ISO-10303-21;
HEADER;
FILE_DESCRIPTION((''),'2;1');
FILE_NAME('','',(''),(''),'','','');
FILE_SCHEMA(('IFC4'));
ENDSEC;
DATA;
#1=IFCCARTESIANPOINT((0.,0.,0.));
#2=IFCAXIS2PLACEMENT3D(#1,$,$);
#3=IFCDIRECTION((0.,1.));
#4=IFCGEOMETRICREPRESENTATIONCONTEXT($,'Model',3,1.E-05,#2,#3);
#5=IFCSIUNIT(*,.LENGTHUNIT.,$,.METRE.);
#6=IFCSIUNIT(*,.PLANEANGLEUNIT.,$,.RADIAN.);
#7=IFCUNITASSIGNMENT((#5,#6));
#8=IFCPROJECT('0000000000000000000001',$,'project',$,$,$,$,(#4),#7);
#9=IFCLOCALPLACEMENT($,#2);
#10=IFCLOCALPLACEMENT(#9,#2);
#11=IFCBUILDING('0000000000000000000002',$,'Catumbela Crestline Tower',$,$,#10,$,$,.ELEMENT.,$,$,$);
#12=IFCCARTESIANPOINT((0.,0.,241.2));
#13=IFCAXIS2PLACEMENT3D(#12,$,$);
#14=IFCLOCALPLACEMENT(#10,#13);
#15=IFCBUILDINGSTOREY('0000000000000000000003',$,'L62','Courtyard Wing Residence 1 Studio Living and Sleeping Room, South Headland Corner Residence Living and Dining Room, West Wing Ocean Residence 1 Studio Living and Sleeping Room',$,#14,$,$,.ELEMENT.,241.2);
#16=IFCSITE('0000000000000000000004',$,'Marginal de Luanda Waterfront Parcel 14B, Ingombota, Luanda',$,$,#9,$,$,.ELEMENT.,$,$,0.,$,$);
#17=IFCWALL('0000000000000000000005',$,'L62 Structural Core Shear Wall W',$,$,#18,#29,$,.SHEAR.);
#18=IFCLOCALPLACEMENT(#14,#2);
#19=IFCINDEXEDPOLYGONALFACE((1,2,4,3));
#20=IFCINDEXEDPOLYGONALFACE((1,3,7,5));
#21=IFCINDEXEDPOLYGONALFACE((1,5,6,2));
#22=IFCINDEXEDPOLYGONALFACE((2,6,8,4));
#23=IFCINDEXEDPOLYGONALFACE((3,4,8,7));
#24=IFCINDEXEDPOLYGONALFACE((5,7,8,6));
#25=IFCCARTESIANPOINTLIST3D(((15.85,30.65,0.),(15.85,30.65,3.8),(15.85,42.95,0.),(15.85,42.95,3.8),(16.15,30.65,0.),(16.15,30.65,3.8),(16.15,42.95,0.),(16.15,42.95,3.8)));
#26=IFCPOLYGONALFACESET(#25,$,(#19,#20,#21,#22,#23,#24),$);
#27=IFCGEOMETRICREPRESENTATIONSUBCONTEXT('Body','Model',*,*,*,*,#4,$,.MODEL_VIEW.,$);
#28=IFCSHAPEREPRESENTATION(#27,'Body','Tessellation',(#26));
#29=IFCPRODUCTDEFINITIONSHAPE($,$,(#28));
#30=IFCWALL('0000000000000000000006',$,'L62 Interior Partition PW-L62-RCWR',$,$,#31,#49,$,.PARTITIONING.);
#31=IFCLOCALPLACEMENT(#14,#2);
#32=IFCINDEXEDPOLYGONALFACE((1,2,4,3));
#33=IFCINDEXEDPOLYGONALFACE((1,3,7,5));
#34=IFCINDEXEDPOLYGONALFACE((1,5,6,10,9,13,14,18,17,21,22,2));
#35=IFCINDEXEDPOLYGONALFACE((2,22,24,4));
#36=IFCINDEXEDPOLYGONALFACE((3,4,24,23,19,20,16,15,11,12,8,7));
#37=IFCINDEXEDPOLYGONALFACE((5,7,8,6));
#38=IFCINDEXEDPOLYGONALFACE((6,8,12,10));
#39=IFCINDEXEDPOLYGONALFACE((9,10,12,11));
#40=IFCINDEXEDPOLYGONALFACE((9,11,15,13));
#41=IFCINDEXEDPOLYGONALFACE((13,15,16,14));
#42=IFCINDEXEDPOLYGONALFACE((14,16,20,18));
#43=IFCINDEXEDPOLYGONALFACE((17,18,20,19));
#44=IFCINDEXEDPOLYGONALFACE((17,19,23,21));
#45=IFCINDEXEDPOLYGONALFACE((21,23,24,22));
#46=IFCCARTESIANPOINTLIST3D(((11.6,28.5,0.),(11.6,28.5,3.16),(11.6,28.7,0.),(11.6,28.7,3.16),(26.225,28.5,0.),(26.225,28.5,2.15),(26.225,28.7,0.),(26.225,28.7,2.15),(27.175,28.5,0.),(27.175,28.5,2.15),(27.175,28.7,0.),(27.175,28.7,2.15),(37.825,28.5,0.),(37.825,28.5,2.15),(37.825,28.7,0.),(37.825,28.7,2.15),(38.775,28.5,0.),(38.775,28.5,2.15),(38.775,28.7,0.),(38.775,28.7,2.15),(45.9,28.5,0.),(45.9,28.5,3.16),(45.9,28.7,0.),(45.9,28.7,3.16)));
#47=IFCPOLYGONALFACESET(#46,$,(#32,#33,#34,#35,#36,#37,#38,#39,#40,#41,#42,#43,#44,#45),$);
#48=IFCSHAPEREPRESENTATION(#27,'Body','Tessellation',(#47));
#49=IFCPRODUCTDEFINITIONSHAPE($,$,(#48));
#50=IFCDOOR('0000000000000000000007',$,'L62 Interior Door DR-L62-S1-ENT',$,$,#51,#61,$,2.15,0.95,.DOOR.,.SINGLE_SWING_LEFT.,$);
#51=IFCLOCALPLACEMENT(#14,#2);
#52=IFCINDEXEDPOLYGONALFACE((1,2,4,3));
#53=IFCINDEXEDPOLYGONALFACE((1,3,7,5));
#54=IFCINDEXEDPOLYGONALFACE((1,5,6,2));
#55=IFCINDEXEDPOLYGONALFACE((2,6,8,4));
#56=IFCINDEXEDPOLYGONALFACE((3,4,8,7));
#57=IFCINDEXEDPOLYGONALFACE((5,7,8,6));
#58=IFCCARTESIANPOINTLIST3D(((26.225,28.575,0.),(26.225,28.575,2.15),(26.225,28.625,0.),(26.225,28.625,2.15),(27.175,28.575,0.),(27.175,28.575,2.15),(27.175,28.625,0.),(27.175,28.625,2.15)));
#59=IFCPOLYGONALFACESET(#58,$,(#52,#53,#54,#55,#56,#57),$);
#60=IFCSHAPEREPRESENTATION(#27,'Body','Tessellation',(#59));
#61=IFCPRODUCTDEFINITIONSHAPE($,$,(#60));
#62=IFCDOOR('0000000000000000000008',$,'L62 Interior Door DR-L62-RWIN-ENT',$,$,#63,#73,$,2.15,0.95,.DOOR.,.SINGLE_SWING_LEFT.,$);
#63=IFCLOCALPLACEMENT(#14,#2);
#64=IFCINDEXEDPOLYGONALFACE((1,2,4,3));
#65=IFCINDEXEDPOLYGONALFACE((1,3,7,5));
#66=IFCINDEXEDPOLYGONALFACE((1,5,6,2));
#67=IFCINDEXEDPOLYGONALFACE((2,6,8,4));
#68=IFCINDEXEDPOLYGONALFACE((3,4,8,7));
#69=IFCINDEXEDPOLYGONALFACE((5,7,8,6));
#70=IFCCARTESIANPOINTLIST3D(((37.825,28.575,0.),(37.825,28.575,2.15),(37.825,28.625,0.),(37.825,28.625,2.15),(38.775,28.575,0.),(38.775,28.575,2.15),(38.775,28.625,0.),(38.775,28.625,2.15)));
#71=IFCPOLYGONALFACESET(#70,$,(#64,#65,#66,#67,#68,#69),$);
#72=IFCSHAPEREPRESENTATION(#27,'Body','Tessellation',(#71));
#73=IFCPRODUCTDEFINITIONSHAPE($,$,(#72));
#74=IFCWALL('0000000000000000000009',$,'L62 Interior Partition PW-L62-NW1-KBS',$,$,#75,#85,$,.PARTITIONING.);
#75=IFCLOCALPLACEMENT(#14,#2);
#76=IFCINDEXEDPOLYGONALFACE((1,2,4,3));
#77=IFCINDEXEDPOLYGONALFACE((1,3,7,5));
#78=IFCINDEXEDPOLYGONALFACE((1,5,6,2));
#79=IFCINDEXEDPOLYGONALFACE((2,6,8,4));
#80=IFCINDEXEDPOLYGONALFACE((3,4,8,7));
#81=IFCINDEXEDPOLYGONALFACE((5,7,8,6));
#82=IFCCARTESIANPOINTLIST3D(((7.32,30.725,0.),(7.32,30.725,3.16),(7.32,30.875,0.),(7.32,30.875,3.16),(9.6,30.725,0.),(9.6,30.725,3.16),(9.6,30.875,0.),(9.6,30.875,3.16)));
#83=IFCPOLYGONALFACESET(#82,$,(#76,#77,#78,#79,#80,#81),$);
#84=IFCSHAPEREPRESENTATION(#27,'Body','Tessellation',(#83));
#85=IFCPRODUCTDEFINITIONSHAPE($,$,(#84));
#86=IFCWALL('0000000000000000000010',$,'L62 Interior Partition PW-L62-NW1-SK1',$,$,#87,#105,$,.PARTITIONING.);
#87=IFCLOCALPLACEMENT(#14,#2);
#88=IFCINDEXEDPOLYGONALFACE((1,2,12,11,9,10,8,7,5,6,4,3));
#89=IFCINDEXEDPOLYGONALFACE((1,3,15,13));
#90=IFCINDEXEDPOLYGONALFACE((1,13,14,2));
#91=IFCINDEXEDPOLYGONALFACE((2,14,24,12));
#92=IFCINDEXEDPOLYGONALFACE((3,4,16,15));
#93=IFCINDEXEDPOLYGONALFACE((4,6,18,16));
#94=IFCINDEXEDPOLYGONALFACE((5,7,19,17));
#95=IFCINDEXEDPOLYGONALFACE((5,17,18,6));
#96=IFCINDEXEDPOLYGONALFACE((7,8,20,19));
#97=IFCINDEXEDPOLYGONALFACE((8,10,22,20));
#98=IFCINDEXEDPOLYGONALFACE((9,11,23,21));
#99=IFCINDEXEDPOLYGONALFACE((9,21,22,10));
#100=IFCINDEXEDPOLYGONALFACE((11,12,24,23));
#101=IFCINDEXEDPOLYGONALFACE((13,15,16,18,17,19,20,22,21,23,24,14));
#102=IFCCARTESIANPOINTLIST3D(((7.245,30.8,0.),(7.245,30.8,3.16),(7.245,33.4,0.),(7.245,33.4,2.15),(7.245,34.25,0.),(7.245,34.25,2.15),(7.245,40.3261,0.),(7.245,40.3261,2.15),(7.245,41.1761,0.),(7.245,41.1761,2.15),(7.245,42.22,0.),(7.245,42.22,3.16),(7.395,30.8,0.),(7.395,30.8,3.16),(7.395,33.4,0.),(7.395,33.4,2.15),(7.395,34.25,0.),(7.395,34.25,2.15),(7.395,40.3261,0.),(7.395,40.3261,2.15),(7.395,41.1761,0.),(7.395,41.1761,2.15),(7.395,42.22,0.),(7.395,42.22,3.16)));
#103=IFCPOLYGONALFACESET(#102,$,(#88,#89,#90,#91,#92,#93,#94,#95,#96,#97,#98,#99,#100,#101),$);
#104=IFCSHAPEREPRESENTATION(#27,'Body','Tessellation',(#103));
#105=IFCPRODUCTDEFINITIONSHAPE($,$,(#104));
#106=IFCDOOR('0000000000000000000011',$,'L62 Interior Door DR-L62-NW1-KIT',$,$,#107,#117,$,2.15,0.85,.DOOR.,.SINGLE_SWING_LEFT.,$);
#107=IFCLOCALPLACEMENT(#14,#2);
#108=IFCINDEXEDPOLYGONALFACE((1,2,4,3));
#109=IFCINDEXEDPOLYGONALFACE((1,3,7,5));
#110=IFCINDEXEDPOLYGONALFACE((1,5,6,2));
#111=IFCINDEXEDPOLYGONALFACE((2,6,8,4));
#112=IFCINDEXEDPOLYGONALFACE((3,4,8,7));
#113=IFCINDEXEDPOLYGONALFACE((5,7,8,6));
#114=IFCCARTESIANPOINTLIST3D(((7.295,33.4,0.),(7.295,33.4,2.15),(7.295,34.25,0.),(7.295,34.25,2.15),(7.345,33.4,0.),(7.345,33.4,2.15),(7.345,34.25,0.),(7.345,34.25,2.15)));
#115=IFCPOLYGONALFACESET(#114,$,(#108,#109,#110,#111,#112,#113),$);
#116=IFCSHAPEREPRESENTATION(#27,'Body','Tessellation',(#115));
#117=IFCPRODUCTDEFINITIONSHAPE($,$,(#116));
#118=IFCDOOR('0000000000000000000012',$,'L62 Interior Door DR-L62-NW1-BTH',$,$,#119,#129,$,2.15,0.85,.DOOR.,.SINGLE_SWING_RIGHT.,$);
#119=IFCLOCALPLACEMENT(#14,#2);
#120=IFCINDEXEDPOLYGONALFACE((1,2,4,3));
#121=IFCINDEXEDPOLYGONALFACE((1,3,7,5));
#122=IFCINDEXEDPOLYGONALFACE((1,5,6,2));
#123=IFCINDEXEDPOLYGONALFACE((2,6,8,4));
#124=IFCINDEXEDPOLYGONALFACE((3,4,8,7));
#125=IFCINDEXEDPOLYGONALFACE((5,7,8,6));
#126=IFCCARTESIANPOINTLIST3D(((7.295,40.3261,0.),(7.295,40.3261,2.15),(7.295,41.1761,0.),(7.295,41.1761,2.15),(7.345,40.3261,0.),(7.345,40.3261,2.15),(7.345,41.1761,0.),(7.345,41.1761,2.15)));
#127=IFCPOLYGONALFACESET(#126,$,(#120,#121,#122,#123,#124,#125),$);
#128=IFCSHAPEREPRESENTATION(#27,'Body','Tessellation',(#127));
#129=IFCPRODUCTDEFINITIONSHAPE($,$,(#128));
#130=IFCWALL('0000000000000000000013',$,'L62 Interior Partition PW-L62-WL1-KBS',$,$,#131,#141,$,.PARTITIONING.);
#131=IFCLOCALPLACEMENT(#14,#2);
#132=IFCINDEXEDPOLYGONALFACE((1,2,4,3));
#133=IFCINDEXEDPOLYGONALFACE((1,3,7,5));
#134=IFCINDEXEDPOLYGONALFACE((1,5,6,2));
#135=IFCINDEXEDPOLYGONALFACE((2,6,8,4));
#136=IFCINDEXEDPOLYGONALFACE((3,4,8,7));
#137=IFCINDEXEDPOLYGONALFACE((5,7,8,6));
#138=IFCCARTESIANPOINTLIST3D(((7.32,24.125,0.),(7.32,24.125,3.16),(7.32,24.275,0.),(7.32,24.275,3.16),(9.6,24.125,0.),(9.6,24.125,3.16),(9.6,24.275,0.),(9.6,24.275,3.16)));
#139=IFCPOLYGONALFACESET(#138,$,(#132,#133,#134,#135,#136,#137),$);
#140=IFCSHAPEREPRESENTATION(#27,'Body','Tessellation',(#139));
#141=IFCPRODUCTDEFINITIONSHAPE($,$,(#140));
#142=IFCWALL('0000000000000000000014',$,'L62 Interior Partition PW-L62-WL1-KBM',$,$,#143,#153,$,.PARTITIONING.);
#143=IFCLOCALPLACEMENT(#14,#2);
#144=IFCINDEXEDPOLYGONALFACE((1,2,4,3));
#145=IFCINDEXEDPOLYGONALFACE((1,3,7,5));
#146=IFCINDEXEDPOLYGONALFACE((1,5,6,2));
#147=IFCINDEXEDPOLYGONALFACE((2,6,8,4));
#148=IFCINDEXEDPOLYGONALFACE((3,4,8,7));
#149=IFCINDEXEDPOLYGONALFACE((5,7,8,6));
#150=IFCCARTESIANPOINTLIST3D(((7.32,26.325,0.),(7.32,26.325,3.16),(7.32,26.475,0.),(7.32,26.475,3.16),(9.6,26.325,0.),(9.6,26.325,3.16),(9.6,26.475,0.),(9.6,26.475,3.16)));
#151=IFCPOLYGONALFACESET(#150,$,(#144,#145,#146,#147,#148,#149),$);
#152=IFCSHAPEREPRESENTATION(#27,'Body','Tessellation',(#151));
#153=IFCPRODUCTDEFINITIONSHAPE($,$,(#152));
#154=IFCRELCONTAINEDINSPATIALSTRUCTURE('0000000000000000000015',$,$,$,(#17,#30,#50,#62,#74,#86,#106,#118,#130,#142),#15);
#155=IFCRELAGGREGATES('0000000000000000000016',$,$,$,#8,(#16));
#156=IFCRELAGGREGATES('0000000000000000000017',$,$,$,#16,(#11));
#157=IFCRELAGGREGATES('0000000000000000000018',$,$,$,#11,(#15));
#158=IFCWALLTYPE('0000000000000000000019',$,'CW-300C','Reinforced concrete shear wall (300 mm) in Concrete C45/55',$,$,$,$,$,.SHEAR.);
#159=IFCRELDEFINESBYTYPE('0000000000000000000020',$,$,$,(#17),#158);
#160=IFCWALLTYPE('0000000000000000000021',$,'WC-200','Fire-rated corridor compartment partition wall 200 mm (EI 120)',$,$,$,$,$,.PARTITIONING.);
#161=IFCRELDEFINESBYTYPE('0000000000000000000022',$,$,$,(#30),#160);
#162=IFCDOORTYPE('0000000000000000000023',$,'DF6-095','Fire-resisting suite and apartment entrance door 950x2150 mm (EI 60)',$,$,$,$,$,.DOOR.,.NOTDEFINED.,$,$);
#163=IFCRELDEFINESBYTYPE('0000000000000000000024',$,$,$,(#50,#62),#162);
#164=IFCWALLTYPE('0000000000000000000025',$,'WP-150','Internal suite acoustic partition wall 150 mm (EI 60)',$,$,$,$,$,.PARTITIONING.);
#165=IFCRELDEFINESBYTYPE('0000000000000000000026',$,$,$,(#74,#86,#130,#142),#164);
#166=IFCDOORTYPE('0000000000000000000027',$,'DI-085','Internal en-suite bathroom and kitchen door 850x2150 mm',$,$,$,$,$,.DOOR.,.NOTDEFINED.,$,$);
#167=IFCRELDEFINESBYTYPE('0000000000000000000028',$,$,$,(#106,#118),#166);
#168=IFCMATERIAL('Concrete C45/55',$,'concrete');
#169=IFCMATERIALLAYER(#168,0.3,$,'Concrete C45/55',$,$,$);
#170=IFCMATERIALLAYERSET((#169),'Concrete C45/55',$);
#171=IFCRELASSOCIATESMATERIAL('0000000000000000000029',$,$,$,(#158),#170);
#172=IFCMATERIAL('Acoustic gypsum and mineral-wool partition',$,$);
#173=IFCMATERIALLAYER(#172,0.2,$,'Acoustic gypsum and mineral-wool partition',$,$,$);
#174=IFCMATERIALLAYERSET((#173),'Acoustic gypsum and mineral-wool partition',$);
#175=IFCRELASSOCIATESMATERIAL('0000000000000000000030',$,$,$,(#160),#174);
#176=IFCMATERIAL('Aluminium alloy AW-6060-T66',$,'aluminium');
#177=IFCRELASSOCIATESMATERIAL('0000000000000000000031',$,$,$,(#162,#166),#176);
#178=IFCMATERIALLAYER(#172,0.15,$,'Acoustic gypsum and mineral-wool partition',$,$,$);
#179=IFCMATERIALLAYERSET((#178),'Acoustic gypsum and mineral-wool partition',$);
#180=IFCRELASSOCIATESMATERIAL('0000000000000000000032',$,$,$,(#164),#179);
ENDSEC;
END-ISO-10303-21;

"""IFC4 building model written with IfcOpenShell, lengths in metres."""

from ifc_helpers import new_model, si_unit, direction, frame, frame_2d, origin, place, context, subcontext, project, spatial, rectangle, extrude, material, layer, layer_set, type_object, element, fill, save


model = new_model("IFC4")

# Units and contexts
model_context = context("Model", 3, precision=1e-05, world=origin(), true_north=direction((0.0, 1.0)))
body_context = subcontext(model_context, "Body", "Model", "MODEL_VIEW")
ifc_project = project(units=[si_unit("LENGTHUNIT", "METRE"), si_unit("PLANEANGLEUNIT", "RADIAN")], contexts=[model_context])

# Site, building, storey
site_placement = place(None, origin())
site = spatial("IfcSite", under=ifc_project, at=site_placement, Name="Marginal de Luanda Waterfront Parcel 14B, Ingombota, Luanda", CompositionType="ELEMENT", RefElevation=0.0)
building_placement = place(site_placement, origin())
building = spatial("IfcBuilding", under=site, at=building_placement, Name="Catumbela Crestline Tower", CompositionType="ELEMENT")
storey_placement = place(building_placement, frame((0.0, 0.0, 241.2)))
storey = spatial("IfcBuildingStorey", under=building, at=storey_placement, Name="L62", Description="Courtyard Wing Residence 1 Studio Living and Sleeping Room, South Headland Corner Residence Living and Dining Room, West Wing Ocean Residence 1 Studio Living and Sleeping Room", CompositionType="ELEMENT", Elevation=241.2)

# Shared definitions
ifc_material_1 = material(Name="Concrete C45/55", Category="concrete")

# Wall
ifc_layer_1 = layer(ifc_material_1, 0.3, Name="Concrete C45/55")
ifc_layer_set_1 = layer_set([ifc_layer_1], Name="Concrete C45/55")
wall_type_1 = type_object("IfcWallType", Name="CW-300C", Description="Reinforced concrete shear wall (300 mm) in Concrete C45/55", PredefinedType="SHEAR", material=ifc_layer_set_1)
wall_1_placement = place(storey_placement, frame((16.0, 30.65, 0.0), z_axis=(0.0, 0.0, 1.0), x_axis=(0.0, 1.0, 0.0)))
element("IfcWall", 1, at=wall_1_placement, inside=storey, type_object=wall_type_1, Name="L62 Structural Core Shear Wall W", PredefinedType="SHEAR", context=body_context, shape_type="SweptSolid", body=[
    extrude(rectangle(XDim=12.3, YDim=0.3, at=frame_2d((6.15, 0.0))), origin(), (0.0, 0.0, 1.0), 3.8),
])

# Wall, openings, doors
ifc_material_2 = material(Name="Acoustic gypsum and mineral-wool partition")
ifc_layer_2 = layer(ifc_material_2, 0.2, Name="Acoustic gypsum and mineral-wool partition")
ifc_layer_set_2 = layer_set([ifc_layer_2], Name="Acoustic gypsum and mineral-wool partition")
wall_type_2 = type_object("IfcWallType", Name="WC-200", Description="Fire-rated corridor compartment partition wall 200 mm (EI 120)", PredefinedType="PARTITIONING", material=ifc_layer_set_2)
wall_2_placement = place(storey_placement, frame((11.6, 28.6, 0.0), z_axis=(0.0, 0.0, 1.0), x_axis=(1.0, 0.0, 0.0)))
wall_2 = element("IfcWall", 2, at=wall_2_placement, inside=storey, type_object=wall_type_2, Name="L62 Interior Partition PW-L62-RCWR", PredefinedType="PARTITIONING", context=body_context, shape_type="SweptSolid", body=[
    extrude(rectangle(XDim=34.3, YDim=0.2, at=frame_2d((17.15, 0.0))), origin(), (0.0, 0.0, 1.0), 3.16),
])
opening_1_placement = place(wall_2_placement, frame((14.625, 0.0, 0.0)))
opening_1 = element("IfcOpeningElement", 3, at=opening_1_placement, cuts=wall_2, PredefinedType="OPENING", context=body_context, shape_type="SweptSolid", body=[
    extrude(rectangle(XDim=0.95, YDim=2.15, at=frame_2d((0.475, 1.075))), frame((0.0, 0.11, 0.0), z_axis=(0.0, -1.0, 0.0), x_axis=(1.0, 0.0, 0.0)), (0.0, 0.0, 1.0), 0.22),
])
opening_2_placement = place(wall_2_placement, frame((26.225, 0.0, 0.0)))
opening_2 = element("IfcOpeningElement", 4, at=opening_2_placement, cuts=wall_2, PredefinedType="OPENING", context=body_context, shape_type="SweptSolid", body=[
    extrude(rectangle(XDim=0.95, YDim=2.15, at=frame_2d((0.475, 1.075))), frame((0.0, 0.11, 0.0), z_axis=(0.0, -1.0, 0.0), x_axis=(1.0, 0.0, 0.0)), (0.0, 0.0, 1.0), 0.22),
])
ifc_material_3 = material(Name="Aluminium alloy AW-6060-T66", Category="aluminium")
door_type_1 = type_object("IfcDoorType", Name="DF6-095", Description="Fire-resisting suite and apartment entrance door 950x2150 mm (EI 60)", OperationType="NOTDEFINED", PredefinedType="DOOR", material=ifc_material_3)
door_1_placement = place(opening_1_placement, origin())
door_1 = element("IfcDoor", 5, at=door_1_placement, inside=storey, type_object=door_type_1, Name="L62 Interior Door DR-L62-S1-ENT", OperationType="SINGLE_SWING_LEFT", OverallHeight=2.15, OverallWidth=0.95, PredefinedType="DOOR", context=body_context, shape_type="SweptSolid", body=[
    extrude(rectangle(XDim=0.95, YDim=2.15, at=frame_2d((0.475, 1.075))), frame((0.0, 0.025, 0.0), z_axis=(0.0, -1.0, 0.0), x_axis=(1.0, 0.0, 0.0)), (0.0, 0.0, 1.0), 0.05),
])
fill(opening_1, door_1)
door_2_placement = place(opening_2_placement, origin())
door_2 = element("IfcDoor", 6, at=door_2_placement, inside=storey, type_object=door_type_1, Name="L62 Interior Door DR-L62-RWIN-ENT", OperationType="SINGLE_SWING_LEFT", OverallHeight=2.15, OverallWidth=0.95, PredefinedType="DOOR", context=body_context, shape_type="SweptSolid", body=[
    extrude(rectangle(XDim=0.95, YDim=2.15, at=frame_2d((0.475, 1.075))), frame((0.0, 0.025, 0.0), z_axis=(0.0, -1.0, 0.0), x_axis=(1.0, 0.0, 0.0)), (0.0, 0.0, 1.0), 0.05),
])
fill(opening_2, door_2)

# Wall
ifc_layer_3 = layer(ifc_material_2, 0.15, Name="Acoustic gypsum and mineral-wool partition")
ifc_layer_set_3 = layer_set([ifc_layer_3], Name="Acoustic gypsum and mineral-wool partition")
wall_type_3 = type_object("IfcWallType", Name="WP-150", Description="Internal suite acoustic partition wall 150 mm (EI 60)", PredefinedType="PARTITIONING", material=ifc_layer_set_3)
wall_3_placement = place(storey_placement, frame((7.32, 30.8, 0.0), z_axis=(0.0, 0.0, 1.0), x_axis=(1.0, 0.0, 0.0)))
element("IfcWall", 7, at=wall_3_placement, inside=storey, type_object=wall_type_3, Name="L62 Interior Partition PW-L62-NW1-KBS", PredefinedType="PARTITIONING", context=body_context, shape_type="SweptSolid", body=[
    extrude(rectangle(XDim=2.28, YDim=0.15, at=frame_2d((1.14, 0.0))), origin(), (0.0, 0.0, 1.0), 3.16),
])

# Wall, openings, doors
wall_4_placement = place(storey_placement, frame((7.32, 30.8, 0.0), z_axis=(0.0, 0.0, 1.0), x_axis=(0.0, 1.0, 0.0)))
wall_4 = element("IfcWall", 8, at=wall_4_placement, inside=storey, type_object=wall_type_3, Name="L62 Interior Partition PW-L62-NW1-SK1", PredefinedType="PARTITIONING", context=body_context, shape_type="SweptSolid", body=[
    extrude(rectangle(XDim=11.42, YDim=0.15, at=frame_2d((5.71, 0.0))), origin(), (0.0, 0.0, 1.0), 3.16),
])
opening_3_placement = place(wall_4_placement, frame((2.6, 0.0, 0.0)))
opening_3 = element("IfcOpeningElement", 9, at=opening_3_placement, cuts=wall_4, PredefinedType="OPENING", context=body_context, shape_type="SweptSolid", body=[
    extrude(rectangle(XDim=0.85, YDim=2.15, at=frame_2d((0.425, 1.075))), frame((0.0, 0.085, 0.0), z_axis=(0.0, -1.0, 0.0), x_axis=(1.0, 0.0, 0.0)), (0.0, 0.0, 1.0), 0.17),
])
opening_4_placement = place(wall_4_placement, frame((9.5261, 0.0, 0.0)))
opening_4 = element("IfcOpeningElement", 10, at=opening_4_placement, cuts=wall_4, PredefinedType="OPENING", context=body_context, shape_type="SweptSolid", body=[
    extrude(rectangle(XDim=0.85, YDim=2.15, at=frame_2d((0.425, 1.075))), frame((0.0, 0.085, 0.0), z_axis=(0.0, -1.0, 0.0), x_axis=(1.0, 0.0, 0.0)), (0.0, 0.0, 1.0), 0.17),
])
door_type_2 = type_object("IfcDoorType", Name="DI-085", Description="Internal en-suite bathroom and kitchen door 850x2150 mm", OperationType="NOTDEFINED", PredefinedType="DOOR", material=ifc_material_3)
door_3_placement = place(opening_3_placement, origin())
door_3 = element("IfcDoor", 11, at=door_3_placement, inside=storey, type_object=door_type_2, Name="L62 Interior Door DR-L62-NW1-KIT", OperationType="SINGLE_SWING_LEFT", OverallHeight=2.15, OverallWidth=0.85, PredefinedType="DOOR", context=body_context, shape_type="SweptSolid", body=[
    extrude(rectangle(XDim=0.85, YDim=2.15, at=frame_2d((0.425, 1.075))), frame((0.0, 0.025, 0.0), z_axis=(0.0, -1.0, 0.0), x_axis=(1.0, 0.0, 0.0)), (0.0, 0.0, 1.0), 0.05),
])
fill(opening_3, door_3)
door_4_placement = place(opening_4_placement, origin())
door_4 = element("IfcDoor", 12, at=door_4_placement, inside=storey, type_object=door_type_2, Name="L62 Interior Door DR-L62-NW1-BTH", OperationType="SINGLE_SWING_RIGHT", OverallHeight=2.15, OverallWidth=0.85, PredefinedType="DOOR", context=body_context, shape_type="SweptSolid", body=[
    extrude(rectangle(XDim=0.85, YDim=2.15, at=frame_2d((0.425, 1.075))), frame((0.0, 0.025, 0.0), z_axis=(0.0, -1.0, 0.0), x_axis=(1.0, 0.0, 0.0)), (0.0, 0.0, 1.0), 0.05),
])
fill(opening_4, door_4)

# Walls
for number, where, z_axis, x_axis, name in (
    (13, (7.32, 24.2, 0.0), (0.0, 0.0, 1.0), (1.0, 0.0, 0.0), "L62 Interior Partition PW-L62-WL1-KBS"),
    (14, (7.32, 26.4, 0.0), (0.0, 0.0, 1.0), (1.0, 0.0, 0.0), "L62 Interior Partition PW-L62-WL1-KBM"),
):
    element("IfcWall", number, at=place(storey_placement, frame(where, z_axis=z_axis, x_axis=x_axis)), inside=storey, type_object=wall_type_3, Name=name, PredefinedType="PARTITIONING", context=body_context, shape_type="SweptSolid", body=[
        extrude(rectangle(XDim=2.28, YDim=0.15, at=frame_2d((1.14, 0.0))), origin(), (0.0, 0.0, 1.0), 3.16),
    ])

save(model, "model.ifc")
